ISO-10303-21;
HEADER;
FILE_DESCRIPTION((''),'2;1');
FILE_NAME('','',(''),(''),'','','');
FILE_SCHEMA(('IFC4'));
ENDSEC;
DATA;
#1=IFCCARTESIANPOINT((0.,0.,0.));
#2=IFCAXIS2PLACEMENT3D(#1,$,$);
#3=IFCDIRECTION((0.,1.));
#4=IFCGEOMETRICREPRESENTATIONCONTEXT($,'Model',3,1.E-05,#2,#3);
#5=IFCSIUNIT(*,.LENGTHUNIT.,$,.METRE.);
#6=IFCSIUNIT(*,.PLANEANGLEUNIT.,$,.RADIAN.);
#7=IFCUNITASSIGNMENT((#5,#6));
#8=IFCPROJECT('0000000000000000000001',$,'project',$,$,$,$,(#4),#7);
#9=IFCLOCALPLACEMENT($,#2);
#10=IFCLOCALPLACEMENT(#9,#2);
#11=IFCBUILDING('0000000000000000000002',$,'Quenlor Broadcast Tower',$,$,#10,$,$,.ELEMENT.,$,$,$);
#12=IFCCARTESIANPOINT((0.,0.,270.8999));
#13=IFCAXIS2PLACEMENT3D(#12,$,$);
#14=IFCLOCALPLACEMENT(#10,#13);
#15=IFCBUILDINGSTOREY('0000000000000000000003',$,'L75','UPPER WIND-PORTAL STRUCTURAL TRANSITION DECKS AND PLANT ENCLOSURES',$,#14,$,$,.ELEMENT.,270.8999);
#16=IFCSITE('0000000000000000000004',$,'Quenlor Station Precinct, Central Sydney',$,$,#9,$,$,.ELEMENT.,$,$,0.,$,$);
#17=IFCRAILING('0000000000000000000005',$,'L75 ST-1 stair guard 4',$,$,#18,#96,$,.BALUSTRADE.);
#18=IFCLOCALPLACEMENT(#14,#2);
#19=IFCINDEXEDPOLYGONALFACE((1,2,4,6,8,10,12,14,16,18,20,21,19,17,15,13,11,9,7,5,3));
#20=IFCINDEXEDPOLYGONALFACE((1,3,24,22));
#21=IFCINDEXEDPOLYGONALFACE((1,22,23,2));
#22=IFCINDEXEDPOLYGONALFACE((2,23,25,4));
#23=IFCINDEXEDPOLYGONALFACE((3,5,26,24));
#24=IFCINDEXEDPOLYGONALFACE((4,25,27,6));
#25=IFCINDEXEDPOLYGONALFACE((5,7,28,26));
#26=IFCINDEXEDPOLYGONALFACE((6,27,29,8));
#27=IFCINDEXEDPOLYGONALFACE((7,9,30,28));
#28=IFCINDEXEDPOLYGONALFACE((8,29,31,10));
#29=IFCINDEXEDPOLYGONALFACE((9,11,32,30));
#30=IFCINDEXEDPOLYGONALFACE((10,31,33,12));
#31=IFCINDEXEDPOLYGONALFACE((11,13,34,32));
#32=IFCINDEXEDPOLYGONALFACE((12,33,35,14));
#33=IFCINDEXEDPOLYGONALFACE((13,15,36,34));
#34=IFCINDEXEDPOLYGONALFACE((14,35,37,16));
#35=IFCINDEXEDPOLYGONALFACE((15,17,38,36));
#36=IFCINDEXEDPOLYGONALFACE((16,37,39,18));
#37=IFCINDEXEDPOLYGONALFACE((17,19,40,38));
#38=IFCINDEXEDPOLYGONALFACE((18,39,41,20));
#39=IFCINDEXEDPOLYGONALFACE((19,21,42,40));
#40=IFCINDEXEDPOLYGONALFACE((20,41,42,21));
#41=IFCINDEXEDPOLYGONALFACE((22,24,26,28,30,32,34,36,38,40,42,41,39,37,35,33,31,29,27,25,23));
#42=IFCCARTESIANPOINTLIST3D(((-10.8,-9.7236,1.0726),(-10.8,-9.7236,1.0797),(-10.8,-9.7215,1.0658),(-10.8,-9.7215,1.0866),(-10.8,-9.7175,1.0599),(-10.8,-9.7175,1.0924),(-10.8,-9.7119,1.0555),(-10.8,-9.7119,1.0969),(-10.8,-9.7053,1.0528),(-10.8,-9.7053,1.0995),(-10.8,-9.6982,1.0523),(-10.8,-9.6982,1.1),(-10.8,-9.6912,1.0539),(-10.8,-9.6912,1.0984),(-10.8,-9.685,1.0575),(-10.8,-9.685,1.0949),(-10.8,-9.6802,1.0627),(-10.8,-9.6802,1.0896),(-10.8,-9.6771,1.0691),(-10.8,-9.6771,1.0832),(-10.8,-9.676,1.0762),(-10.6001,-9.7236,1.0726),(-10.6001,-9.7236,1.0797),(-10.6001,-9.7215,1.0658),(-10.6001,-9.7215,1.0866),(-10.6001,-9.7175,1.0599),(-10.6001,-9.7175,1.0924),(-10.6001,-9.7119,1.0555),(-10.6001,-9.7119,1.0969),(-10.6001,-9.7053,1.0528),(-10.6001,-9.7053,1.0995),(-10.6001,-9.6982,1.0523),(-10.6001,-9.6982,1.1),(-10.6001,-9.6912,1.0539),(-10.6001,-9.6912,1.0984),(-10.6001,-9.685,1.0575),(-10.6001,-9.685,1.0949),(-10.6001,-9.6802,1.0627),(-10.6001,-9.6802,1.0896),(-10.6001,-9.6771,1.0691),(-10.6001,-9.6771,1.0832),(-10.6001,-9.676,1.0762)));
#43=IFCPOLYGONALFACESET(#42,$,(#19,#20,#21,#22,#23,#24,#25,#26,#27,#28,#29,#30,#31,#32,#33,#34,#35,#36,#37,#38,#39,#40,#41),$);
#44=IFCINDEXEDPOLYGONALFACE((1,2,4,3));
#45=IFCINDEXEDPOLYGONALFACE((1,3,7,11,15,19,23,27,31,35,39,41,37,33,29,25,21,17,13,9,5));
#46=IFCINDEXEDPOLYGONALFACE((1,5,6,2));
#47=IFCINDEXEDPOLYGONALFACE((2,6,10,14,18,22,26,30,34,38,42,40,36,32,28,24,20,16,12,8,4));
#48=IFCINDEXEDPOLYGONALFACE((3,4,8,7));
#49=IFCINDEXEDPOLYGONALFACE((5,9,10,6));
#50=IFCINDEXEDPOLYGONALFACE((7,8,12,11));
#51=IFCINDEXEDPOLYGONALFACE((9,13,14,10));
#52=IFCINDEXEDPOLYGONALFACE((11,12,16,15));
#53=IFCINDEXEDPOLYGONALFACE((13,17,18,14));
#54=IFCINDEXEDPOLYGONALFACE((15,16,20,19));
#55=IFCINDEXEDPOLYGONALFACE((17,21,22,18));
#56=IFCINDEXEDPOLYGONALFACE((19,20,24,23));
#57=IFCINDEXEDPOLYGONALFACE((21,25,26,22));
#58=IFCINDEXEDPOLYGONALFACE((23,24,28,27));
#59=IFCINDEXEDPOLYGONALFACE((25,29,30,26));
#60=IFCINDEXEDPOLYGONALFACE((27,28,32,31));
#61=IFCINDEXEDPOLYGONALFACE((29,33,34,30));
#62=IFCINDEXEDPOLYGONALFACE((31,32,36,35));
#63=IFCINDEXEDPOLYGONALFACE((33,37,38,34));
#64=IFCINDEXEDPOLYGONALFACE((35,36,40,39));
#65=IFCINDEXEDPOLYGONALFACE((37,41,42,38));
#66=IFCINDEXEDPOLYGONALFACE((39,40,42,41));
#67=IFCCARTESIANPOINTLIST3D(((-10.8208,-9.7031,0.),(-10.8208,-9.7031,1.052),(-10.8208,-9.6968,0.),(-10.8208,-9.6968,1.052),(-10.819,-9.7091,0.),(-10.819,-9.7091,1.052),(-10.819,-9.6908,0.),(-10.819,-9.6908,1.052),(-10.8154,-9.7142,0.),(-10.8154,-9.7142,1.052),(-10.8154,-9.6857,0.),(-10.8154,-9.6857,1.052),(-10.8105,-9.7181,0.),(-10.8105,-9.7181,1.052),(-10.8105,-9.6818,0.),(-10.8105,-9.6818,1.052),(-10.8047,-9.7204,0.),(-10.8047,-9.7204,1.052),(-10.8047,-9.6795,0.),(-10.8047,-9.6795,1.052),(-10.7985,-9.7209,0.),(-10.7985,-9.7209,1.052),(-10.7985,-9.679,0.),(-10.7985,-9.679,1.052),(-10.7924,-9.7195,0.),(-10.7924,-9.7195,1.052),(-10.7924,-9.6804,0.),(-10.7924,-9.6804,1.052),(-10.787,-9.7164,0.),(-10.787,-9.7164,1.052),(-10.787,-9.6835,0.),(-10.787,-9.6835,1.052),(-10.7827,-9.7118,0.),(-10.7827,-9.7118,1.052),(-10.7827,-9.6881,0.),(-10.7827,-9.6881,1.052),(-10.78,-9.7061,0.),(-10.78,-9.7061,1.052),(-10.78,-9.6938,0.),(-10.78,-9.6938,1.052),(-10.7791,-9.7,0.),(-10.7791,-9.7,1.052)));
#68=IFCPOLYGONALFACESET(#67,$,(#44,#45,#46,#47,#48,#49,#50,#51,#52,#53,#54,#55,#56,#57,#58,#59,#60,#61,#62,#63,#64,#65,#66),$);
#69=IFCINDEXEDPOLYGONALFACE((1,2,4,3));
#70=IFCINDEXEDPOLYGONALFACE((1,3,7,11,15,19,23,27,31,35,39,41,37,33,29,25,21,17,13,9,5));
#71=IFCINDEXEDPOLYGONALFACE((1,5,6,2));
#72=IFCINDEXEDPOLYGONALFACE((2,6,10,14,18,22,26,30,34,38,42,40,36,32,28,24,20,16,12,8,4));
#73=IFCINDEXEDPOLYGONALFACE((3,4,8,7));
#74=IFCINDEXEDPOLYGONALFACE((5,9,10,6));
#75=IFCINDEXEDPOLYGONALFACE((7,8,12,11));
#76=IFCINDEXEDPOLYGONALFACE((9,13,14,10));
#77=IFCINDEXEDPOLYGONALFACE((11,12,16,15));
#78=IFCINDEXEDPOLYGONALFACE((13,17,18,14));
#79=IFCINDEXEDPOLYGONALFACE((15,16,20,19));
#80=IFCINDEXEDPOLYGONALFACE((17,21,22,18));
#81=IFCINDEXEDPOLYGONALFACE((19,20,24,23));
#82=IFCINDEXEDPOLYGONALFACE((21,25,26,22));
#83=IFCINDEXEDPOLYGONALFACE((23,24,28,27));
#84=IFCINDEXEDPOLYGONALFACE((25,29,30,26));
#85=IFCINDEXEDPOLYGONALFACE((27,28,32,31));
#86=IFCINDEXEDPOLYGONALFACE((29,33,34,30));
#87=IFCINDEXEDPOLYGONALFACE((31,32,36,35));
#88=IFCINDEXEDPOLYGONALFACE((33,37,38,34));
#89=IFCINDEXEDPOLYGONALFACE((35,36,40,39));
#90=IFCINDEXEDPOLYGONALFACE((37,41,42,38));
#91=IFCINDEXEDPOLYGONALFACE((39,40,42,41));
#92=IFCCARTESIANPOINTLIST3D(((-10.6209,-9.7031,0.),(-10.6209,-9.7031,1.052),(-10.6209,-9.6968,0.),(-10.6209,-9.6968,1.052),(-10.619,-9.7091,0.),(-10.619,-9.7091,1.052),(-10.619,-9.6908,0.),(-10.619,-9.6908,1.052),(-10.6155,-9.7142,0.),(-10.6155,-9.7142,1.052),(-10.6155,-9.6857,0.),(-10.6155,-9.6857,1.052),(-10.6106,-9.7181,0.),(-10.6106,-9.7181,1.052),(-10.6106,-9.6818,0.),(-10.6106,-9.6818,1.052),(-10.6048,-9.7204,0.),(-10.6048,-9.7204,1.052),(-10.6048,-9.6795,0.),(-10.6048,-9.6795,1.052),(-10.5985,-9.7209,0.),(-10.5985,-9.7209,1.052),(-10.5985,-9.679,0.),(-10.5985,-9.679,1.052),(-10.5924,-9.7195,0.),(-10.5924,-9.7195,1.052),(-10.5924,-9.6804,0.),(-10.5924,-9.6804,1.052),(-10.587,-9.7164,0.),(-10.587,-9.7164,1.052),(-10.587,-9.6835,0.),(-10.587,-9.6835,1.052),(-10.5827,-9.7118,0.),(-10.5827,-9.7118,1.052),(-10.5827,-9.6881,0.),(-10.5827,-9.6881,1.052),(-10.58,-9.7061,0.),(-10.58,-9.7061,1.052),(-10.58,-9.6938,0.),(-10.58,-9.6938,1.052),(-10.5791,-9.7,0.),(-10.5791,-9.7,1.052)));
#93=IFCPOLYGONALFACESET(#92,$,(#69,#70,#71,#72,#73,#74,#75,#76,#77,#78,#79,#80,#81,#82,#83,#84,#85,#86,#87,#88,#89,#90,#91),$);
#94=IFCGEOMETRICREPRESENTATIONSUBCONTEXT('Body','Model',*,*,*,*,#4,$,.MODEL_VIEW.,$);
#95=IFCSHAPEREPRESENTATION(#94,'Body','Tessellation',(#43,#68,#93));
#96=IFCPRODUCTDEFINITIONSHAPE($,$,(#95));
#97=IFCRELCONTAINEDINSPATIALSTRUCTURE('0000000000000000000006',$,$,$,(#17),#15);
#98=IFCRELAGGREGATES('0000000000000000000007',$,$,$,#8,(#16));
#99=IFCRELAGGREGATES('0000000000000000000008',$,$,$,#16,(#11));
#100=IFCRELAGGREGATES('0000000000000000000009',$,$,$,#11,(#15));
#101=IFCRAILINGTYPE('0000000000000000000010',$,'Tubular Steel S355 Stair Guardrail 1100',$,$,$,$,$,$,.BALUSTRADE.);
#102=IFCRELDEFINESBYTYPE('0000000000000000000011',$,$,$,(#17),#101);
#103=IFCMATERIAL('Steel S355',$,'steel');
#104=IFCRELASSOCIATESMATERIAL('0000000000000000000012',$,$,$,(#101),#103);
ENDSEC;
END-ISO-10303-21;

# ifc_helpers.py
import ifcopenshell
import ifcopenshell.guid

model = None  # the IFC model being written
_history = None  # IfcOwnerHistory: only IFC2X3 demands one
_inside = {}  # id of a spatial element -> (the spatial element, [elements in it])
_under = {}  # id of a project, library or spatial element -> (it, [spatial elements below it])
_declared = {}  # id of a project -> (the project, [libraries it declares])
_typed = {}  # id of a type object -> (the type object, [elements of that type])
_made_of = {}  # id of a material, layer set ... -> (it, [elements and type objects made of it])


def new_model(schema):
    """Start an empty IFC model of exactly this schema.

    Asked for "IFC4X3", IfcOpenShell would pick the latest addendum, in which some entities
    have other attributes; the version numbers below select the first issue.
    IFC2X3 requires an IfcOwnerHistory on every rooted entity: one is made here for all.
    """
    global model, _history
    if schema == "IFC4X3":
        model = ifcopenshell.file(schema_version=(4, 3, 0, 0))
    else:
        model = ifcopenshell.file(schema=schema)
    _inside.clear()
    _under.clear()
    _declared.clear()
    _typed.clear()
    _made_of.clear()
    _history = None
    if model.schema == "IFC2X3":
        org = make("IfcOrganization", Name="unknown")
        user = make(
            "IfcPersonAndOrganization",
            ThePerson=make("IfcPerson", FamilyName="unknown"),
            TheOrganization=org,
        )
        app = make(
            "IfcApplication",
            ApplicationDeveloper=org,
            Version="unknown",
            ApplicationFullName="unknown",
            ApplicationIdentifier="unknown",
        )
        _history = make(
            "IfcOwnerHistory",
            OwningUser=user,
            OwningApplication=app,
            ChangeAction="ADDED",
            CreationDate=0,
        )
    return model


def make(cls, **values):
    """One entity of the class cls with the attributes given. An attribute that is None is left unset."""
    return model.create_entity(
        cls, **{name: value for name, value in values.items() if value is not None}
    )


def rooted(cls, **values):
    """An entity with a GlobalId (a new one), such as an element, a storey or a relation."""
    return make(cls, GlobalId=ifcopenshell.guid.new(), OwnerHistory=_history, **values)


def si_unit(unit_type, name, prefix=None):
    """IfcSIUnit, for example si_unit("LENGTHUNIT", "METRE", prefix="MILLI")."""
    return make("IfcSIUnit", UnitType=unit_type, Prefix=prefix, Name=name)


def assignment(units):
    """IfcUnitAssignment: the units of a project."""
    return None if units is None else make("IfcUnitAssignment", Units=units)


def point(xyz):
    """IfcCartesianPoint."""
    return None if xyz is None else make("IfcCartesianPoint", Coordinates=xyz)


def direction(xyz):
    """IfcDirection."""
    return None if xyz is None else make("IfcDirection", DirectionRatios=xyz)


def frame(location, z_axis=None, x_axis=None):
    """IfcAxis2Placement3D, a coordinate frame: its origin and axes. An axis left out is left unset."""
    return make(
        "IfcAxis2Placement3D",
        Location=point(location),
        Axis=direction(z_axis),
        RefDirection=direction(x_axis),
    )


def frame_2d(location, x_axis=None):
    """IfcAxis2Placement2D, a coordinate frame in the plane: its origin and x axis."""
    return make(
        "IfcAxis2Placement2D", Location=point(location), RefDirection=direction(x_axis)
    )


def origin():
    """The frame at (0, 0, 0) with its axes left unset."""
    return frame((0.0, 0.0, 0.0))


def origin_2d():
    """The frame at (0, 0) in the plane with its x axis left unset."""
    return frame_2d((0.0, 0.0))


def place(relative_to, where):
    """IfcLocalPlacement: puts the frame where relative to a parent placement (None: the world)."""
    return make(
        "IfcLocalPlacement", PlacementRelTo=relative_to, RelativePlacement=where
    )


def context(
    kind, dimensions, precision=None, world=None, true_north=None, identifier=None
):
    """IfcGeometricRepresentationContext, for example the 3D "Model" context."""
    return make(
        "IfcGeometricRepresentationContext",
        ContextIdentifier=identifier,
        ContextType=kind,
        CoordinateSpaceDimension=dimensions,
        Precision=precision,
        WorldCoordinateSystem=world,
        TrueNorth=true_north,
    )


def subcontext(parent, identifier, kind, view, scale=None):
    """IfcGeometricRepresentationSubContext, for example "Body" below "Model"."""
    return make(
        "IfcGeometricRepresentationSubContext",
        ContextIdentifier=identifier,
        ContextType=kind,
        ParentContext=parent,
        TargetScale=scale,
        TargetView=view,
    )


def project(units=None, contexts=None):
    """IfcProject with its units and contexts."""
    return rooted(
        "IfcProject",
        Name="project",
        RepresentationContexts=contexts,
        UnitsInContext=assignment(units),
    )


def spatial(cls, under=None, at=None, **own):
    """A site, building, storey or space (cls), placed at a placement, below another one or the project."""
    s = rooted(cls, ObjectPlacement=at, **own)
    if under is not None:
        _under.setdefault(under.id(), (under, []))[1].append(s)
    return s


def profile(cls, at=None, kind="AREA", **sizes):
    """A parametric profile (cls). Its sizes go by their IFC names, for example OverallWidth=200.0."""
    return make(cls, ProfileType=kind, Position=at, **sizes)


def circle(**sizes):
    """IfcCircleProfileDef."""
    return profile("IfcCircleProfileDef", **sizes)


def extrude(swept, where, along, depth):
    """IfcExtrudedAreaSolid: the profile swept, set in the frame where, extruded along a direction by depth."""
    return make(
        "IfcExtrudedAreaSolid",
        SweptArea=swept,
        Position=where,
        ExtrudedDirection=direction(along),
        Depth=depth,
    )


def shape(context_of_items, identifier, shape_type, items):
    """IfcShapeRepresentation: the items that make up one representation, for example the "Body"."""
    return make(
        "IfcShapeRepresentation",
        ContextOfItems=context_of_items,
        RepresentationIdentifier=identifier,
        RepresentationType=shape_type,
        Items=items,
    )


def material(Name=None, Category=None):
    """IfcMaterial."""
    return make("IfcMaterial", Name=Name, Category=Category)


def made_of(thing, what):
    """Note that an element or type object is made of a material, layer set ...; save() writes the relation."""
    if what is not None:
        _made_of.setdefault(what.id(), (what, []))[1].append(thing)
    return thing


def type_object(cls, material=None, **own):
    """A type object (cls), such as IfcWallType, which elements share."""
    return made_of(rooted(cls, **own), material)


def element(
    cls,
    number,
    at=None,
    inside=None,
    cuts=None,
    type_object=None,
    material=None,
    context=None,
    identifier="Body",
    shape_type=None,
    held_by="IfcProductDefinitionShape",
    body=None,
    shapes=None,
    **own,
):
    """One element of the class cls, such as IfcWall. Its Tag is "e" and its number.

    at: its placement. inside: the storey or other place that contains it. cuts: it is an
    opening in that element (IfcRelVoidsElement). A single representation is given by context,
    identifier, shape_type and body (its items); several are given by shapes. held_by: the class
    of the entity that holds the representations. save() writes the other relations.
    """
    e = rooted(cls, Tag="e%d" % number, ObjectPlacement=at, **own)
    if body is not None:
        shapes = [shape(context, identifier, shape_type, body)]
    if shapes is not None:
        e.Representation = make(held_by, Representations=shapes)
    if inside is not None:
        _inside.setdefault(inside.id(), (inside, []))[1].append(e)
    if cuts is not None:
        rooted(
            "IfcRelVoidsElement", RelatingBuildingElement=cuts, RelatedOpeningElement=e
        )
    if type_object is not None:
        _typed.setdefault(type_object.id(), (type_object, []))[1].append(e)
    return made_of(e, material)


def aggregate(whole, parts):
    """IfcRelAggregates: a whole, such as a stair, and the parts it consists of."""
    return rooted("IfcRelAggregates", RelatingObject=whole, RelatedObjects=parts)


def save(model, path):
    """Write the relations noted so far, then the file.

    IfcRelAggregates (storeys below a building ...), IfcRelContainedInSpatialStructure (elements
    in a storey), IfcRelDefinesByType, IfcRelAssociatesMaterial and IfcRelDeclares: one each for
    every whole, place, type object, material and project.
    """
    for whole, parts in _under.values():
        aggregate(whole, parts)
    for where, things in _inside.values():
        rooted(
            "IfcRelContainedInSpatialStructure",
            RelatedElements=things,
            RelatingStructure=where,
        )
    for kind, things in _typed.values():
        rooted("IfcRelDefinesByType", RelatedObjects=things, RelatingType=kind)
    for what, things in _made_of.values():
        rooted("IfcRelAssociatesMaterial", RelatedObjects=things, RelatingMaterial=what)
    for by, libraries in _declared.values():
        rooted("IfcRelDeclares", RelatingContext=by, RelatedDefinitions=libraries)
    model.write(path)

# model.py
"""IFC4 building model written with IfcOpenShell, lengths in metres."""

from ifc_helpers import new_model, si_unit, direction, frame, origin, origin_2d, place, context, subcontext, project, spatial, circle, extrude, material, type_object, element, save


model = new_model("IFC4")

# Units and contexts
model_context = context("Model", 3, precision=1e-05, world=origin(), true_north=direction((0.0, 1.0)))
body_context = subcontext(model_context, "Body", "Model", "MODEL_VIEW")
ifc_project = project(units=[si_unit("LENGTHUNIT", "METRE"), si_unit("PLANEANGLEUNIT", "RADIAN")], contexts=[model_context])

# Site, building, storey
site_placement = place(None, origin())
site = spatial("IfcSite", under=ifc_project, at=site_placement, Name="Quenlor Station Precinct, Central Sydney", CompositionType="ELEMENT", RefElevation=0.0)
building_placement = place(site_placement, origin())
building = spatial("IfcBuilding", under=site, at=building_placement, Name="Quenlor Broadcast Tower", CompositionType="ELEMENT")
storey_placement = place(building_placement, frame((0.0, 0.0, 270.8999)))
storey = spatial("IfcBuildingStorey", under=building, at=storey_placement, Name="L75", Description="UPPER WIND-PORTAL STRUCTURAL TRANSITION DECKS AND PLANT ENCLOSURES", CompositionType="ELEMENT", Elevation=270.8999)

# Railing
ifc_material_1 = material(Name="Steel S355", Category="steel")
railing_type_1 = type_object("IfcRailingType", Name="Tubular Steel S355 Stair Guardrail 1100", PredefinedType="BALUSTRADE", material=ifc_material_1)
railing_1_placement = place(storey_placement, frame((-10.8, -9.7, 0.0)))
element("IfcRailing", 1, at=railing_1_placement, inside=storey, type_object=railing_type_1, Name="L75 ST-1 stair guard 4", PredefinedType="BALUSTRADE", context=body_context, shape_type="SweptSolid", body=[
    extrude(circle(Radius=0.0239, at=origin_2d()), frame((0.0, 0.0, 1.0762), z_axis=(1.0, 0.0, 0.0), x_axis=(0.0, 1.0, 0.0)), (0.0, 0.0, 1.0), 0.2),
    extrude(circle(Radius=0.021, at=origin_2d()), origin(), (0.0, 0.0, 1.0), 1.052),
    extrude(circle(Radius=0.021, at=origin_2d()), frame((0.2, 0.0, 0.0)), (0.0, 0.0, 1.0), 1.052),
])

save(model, "model.ifc")
